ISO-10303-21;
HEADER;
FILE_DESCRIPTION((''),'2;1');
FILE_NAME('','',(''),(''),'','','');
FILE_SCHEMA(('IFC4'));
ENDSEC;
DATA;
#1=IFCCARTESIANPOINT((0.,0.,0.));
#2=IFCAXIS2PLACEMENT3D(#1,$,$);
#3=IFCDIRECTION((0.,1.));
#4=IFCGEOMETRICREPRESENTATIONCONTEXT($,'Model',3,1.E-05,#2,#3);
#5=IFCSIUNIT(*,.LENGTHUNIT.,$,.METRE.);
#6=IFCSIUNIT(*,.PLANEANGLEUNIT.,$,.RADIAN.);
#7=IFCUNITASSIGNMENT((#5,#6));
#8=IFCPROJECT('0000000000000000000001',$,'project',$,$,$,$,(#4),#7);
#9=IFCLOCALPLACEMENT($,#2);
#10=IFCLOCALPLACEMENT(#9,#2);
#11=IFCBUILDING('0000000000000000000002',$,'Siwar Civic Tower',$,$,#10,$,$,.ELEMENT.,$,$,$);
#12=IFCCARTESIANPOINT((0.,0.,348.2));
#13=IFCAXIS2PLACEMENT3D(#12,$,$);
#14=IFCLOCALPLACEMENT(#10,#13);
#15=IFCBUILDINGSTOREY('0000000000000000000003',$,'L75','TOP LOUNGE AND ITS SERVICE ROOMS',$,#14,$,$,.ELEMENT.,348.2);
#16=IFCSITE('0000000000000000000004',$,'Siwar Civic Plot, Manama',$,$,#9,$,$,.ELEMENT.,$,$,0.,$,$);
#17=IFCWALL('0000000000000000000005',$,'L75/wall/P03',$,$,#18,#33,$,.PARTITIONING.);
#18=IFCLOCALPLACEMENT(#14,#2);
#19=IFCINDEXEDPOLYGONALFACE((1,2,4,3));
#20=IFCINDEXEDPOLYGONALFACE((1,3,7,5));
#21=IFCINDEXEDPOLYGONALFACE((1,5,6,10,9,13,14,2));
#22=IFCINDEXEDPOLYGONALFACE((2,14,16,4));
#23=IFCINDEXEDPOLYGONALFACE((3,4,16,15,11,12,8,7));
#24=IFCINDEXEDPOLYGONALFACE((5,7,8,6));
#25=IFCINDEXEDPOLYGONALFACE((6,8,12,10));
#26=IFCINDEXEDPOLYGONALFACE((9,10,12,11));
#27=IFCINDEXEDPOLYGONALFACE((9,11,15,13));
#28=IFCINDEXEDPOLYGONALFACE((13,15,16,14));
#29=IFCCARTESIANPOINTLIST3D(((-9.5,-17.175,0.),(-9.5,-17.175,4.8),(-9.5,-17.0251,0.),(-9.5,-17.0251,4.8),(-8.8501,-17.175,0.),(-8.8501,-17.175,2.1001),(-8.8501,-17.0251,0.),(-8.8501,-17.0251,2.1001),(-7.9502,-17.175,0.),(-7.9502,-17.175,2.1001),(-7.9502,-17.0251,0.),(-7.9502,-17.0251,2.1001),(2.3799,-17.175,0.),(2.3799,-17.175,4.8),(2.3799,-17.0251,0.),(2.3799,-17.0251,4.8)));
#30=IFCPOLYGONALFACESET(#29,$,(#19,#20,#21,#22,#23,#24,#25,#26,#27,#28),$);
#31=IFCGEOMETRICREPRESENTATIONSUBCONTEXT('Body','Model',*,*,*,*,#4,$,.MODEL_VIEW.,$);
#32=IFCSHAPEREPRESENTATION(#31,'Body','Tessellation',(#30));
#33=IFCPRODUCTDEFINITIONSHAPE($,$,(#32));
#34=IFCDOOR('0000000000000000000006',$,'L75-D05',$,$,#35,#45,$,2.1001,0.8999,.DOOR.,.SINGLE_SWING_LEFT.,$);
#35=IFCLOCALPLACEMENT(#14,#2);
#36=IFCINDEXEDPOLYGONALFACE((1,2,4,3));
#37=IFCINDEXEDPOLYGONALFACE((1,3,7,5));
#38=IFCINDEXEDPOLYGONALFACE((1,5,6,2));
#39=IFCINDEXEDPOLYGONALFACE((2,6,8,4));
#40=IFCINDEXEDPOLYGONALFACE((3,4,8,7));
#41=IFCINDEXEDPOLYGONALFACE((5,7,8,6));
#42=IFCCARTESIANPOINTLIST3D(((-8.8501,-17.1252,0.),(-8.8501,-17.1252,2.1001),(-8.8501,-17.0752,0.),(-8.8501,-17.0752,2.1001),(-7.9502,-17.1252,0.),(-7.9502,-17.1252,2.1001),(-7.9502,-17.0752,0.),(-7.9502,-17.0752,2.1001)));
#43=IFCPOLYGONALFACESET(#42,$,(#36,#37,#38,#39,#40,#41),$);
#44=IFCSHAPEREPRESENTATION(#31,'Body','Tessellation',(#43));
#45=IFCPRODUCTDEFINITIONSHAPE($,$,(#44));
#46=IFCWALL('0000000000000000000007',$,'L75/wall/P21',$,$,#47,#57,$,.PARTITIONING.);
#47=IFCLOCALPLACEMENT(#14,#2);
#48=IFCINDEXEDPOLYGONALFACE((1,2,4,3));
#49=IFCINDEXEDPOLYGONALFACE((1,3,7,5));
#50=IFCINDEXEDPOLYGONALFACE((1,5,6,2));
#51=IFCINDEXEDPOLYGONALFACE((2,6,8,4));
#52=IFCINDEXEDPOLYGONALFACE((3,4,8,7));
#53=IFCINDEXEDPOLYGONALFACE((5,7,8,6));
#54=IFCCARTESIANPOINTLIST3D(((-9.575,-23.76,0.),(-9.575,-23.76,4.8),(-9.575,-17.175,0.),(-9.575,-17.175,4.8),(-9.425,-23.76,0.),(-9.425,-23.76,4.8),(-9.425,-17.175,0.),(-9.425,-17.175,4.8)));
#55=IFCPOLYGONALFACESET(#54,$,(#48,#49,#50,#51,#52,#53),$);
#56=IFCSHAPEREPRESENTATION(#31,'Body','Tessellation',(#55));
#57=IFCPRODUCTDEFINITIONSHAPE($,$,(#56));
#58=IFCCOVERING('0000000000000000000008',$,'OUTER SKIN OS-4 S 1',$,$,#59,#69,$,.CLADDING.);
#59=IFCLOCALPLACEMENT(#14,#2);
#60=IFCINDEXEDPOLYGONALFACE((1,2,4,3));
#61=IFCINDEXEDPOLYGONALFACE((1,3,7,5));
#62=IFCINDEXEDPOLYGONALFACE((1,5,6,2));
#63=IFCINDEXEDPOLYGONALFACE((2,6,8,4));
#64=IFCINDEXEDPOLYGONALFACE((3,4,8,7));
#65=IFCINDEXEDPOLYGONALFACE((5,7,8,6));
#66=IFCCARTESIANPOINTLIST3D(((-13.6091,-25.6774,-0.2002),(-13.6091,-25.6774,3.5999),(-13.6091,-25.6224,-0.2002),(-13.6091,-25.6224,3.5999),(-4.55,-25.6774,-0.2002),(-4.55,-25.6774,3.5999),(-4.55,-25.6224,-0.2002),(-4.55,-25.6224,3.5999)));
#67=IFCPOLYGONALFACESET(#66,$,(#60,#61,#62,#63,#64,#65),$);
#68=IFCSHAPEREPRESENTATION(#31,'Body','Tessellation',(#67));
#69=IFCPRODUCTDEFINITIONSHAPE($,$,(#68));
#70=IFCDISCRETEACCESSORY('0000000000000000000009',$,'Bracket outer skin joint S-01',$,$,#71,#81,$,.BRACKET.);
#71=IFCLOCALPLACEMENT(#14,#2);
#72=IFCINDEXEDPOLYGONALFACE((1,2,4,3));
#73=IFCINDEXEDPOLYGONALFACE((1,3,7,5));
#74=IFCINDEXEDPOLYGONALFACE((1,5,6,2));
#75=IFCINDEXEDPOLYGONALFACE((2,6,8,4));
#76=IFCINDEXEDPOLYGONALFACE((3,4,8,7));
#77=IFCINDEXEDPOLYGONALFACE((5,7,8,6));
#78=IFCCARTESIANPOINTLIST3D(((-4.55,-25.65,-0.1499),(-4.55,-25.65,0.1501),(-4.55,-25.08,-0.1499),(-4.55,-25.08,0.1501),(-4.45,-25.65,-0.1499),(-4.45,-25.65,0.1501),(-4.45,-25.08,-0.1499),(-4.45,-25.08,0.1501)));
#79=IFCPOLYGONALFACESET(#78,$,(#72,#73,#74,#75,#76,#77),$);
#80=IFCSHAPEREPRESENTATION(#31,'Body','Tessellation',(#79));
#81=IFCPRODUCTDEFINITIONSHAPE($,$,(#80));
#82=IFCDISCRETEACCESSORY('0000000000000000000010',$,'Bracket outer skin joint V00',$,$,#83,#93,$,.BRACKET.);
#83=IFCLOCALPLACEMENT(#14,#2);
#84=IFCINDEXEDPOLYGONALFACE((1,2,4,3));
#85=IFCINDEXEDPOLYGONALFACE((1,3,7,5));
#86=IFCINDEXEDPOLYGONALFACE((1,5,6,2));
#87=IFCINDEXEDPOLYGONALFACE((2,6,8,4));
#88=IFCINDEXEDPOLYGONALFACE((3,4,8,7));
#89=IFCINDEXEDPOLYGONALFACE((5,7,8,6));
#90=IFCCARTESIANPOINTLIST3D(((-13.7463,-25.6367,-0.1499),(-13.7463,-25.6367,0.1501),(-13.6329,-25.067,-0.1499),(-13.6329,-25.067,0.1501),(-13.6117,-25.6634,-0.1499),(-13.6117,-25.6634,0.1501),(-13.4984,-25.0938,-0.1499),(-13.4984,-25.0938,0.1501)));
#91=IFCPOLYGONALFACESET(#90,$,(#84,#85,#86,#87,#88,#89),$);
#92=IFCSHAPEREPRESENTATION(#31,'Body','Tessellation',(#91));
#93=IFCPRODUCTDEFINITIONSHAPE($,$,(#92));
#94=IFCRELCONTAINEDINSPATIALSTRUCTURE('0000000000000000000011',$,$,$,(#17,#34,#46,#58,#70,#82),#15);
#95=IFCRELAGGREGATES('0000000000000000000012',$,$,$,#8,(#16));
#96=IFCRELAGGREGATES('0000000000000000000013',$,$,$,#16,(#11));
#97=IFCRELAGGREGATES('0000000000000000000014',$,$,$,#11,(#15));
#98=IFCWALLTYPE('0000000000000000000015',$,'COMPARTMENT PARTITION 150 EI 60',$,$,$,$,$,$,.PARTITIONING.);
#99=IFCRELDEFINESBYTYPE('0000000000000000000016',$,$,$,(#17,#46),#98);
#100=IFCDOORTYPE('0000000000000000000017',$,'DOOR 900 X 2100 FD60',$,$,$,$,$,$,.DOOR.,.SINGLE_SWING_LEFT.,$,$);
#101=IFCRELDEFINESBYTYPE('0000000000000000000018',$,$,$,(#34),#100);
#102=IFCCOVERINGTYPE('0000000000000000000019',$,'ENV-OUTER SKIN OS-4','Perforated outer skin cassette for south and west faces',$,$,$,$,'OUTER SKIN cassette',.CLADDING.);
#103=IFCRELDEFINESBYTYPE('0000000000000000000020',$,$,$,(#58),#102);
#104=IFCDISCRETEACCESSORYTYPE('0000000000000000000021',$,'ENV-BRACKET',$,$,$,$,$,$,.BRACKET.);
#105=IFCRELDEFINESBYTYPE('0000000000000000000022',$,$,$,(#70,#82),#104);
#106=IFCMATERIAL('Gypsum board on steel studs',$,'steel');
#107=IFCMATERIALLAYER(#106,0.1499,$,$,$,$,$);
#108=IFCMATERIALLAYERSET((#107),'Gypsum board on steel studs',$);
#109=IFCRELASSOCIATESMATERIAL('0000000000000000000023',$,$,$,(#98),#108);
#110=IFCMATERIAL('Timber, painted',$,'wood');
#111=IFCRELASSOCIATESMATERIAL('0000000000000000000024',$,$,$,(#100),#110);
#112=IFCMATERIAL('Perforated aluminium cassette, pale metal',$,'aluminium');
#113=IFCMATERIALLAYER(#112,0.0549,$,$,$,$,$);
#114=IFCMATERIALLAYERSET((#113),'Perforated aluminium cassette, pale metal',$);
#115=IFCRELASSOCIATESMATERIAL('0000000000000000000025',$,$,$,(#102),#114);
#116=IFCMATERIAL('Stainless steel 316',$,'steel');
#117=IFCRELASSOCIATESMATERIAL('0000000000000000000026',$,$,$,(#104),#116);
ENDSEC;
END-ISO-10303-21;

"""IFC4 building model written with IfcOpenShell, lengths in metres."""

from ifc_helpers import new_model, si_unit, direction, frame, frame_2d, origin, origin_2d, place, context, subcontext, project, spatial, rectangle, extrude, material, layer, layer_set, type_object, element, fill, save


model = new_model("IFC4")

# Units and contexts
model_context = context("Model", 3, precision=1e-05, world=origin(), true_north=direction((0.0, 1.0)))
body_context = subcontext(model_context, "Body", "Model", "MODEL_VIEW")
ifc_project = project(units=[si_unit("LENGTHUNIT", "METRE"), si_unit("PLANEANGLEUNIT", "RADIAN")], contexts=[model_context])

# Site, building, storey
site_placement = place(None, origin())
site = spatial("IfcSite", under=ifc_project, at=site_placement, Name="Siwar Civic Plot, Manama", CompositionType="ELEMENT", RefElevation=0.0)
building_placement = place(site_placement, origin())
building = spatial("IfcBuilding", under=site, at=building_placement, Name="Siwar Civic Tower", CompositionType="ELEMENT")
storey_placement = place(building_placement, frame((0.0, 0.0, 348.2)))
storey = spatial("IfcBuildingStorey", under=building, at=storey_placement, Name="L75", Description="TOP LOUNGE AND ITS SERVICE ROOMS", CompositionType="ELEMENT", Elevation=348.2)

# Wall, opening, door
ifc_material_1 = material(Name="Gypsum board on steel studs", Category="steel")
ifc_layer_1 = layer(ifc_material_1, 0.1499)
ifc_layer_set_1 = layer_set([ifc_layer_1], Name="Gypsum board on steel studs")
wall_type = type_object("IfcWallType", Name="COMPARTMENT PARTITION 150 EI 60", PredefinedType="PARTITIONING", material=ifc_layer_set_1)
wall_1_placement = place(storey_placement, frame((-9.5, -17.1001, 0.0), z_axis=(0.0, 0.0, 1.0), x_axis=(1.0, 0.0, 0.0)))
wall_1 = element("IfcWall", 1, at=wall_1_placement, inside=storey, type_object=wall_type, Name="L75/wall/P03", PredefinedType="PARTITIONING", context=body_context, shape_type="SweptSolid", body=[
    extrude(rectangle(XDim=11.8799, YDim=0.1499, at=frame_2d((5.9399, 0.0))), origin(), (0.0, 0.0, 1.0), 4.8),
])
opening_placement = place(wall_1_placement, frame((0.6499, 0.0, 0.0)))
opening = element("IfcOpeningElement", 2, at=opening_placement, cuts=wall_1, PredefinedType="OPENING", context=body_context, shape_type="SweptSolid", body=[
    extrude(rectangle(XDim=0.8999, YDim=2.1001, at=frame_2d((0.45, 1.05))), frame((0.0, 0.085, 0.0), z_axis=(0.0, -1.0, 0.0), x_axis=(1.0, 0.0, 0.0)), (0.0, 0.0, 1.0), 0.1699),
])
ifc_material_2 = material(Name="Timber, painted", Category="wood")
door_type = type_object("IfcDoorType", Name="DOOR 900 X 2100 FD60", OperationType="SINGLE_SWING_LEFT", PredefinedType="DOOR", material=ifc_material_2)
door_placement = place(opening_placement, origin())
door = element("IfcDoor", 3, at=door_placement, inside=storey, type_object=door_type, Name="L75-D05", OperationType="SINGLE_SWING_LEFT", OverallHeight=2.1001, OverallWidth=0.8999, PredefinedType="DOOR", context=body_context, shape_type="SweptSolid", body=[
    extrude(rectangle(XDim=0.8999, YDim=2.1001, at=frame_2d((0.45, 1.05))), frame((0.0, 0.0249, 0.0), z_axis=(0.0, -1.0, 0.0), x_axis=(1.0, 0.0, 0.0)), (0.0, 0.0, 1.0), 0.05),
])
fill(opening, door)

# Wall
wall_2_placement = place(storey_placement, frame((-9.5, -23.76, 0.0), z_axis=(0.0, 0.0, 1.0), x_axis=(0.0, 1.0, 0.0)))
element("IfcWall", 4, at=wall_2_placement, inside=storey, type_object=wall_type, Name="L75/wall/P21", PredefinedType="PARTITIONING", context=body_context, shape_type="SweptSolid", body=[
    extrude(rectangle(XDim=6.585, YDim=0.1499, at=frame_2d((3.2925, 0.0))), origin(), (0.0, 0.0, 1.0), 4.8),
])

# Covering
ifc_material_3 = material(Name="Perforated aluminium cassette, pale metal", Category="aluminium")
ifc_layer_2 = layer(ifc_material_3, 0.0549)
ifc_layer_set_2 = layer_set([ifc_layer_2], Name="Perforated aluminium cassette, pale metal")
covering_type = type_object("IfcCoveringType", Name="ENV-OUTER SKIN OS-4", Description="Perforated outer skin cassette for south and west faces", ElementType="OUTER SKIN cassette", PredefinedType="CLADDING", material=ifc_layer_set_2)
covering_placement = place(storey_placement, frame((-9.0796, -25.6499, -0.2002), z_axis=(0.0, 0.0, 1.0), x_axis=(1.0, 0.0, 0.0)))
element("IfcCovering", 5, at=covering_placement, inside=storey, type_object=covering_type, Name="OUTER SKIN OS-4 S 1", PredefinedType="CLADDING", context=body_context, shape_type="SweptSolid", body=[
    extrude(rectangle(XDim=9.0591, YDim=0.0549, at=origin_2d()), origin(), (0.0, 0.0, 1.0), 3.8),
])

# Discrete accessories
ifc_material_4 = material(Name="Stainless steel 316", Category="steel")
discrete_accessory_type = type_object("IfcDiscreteAccessoryType", Name="ENV-BRACKET", PredefinedType="BRACKET", material=ifc_material_4)
discrete_accessory_1_placement = place(storey_placement, frame((-4.5, -25.365, -0.1499), z_axis=(0.0, 0.0, 1.0), x_axis=(0.0, -1.0, 0.0)))
element("IfcDiscreteAccessory", 6, at=discrete_accessory_1_placement, inside=storey, type_object=discrete_accessory_type, Name="Bracket outer skin joint S-01", PredefinedType="BRACKET", context=body_context, shape_type="SweptSolid", body=[
    extrude(rectangle(XDim=0.5701, YDim=0.1001, at=origin_2d()), origin(), (0.0, 0.0, 1.0), 0.3),
])
discrete_accessory_2_placement = place(storey_placement, frame((-13.6223, -25.3652, -0.1499), z_axis=(0.0, 0.0, 1.0), x_axis=(-0.19509, -0.980785, 0.0)))
element("IfcDiscreteAccessory", 7, at=discrete_accessory_2_placement, inside=storey, type_object=discrete_accessory_type, Name="Bracket outer skin joint V00", PredefinedType="BRACKET", context=body_context, shape_type="SweptSolid", body=[
    extrude(rectangle(XDim=0.5808, YDim=0.1372, at=origin_2d()), origin(), (0.0, 0.0, 1.0), 0.3),
])

save(model, "model.ifc")
